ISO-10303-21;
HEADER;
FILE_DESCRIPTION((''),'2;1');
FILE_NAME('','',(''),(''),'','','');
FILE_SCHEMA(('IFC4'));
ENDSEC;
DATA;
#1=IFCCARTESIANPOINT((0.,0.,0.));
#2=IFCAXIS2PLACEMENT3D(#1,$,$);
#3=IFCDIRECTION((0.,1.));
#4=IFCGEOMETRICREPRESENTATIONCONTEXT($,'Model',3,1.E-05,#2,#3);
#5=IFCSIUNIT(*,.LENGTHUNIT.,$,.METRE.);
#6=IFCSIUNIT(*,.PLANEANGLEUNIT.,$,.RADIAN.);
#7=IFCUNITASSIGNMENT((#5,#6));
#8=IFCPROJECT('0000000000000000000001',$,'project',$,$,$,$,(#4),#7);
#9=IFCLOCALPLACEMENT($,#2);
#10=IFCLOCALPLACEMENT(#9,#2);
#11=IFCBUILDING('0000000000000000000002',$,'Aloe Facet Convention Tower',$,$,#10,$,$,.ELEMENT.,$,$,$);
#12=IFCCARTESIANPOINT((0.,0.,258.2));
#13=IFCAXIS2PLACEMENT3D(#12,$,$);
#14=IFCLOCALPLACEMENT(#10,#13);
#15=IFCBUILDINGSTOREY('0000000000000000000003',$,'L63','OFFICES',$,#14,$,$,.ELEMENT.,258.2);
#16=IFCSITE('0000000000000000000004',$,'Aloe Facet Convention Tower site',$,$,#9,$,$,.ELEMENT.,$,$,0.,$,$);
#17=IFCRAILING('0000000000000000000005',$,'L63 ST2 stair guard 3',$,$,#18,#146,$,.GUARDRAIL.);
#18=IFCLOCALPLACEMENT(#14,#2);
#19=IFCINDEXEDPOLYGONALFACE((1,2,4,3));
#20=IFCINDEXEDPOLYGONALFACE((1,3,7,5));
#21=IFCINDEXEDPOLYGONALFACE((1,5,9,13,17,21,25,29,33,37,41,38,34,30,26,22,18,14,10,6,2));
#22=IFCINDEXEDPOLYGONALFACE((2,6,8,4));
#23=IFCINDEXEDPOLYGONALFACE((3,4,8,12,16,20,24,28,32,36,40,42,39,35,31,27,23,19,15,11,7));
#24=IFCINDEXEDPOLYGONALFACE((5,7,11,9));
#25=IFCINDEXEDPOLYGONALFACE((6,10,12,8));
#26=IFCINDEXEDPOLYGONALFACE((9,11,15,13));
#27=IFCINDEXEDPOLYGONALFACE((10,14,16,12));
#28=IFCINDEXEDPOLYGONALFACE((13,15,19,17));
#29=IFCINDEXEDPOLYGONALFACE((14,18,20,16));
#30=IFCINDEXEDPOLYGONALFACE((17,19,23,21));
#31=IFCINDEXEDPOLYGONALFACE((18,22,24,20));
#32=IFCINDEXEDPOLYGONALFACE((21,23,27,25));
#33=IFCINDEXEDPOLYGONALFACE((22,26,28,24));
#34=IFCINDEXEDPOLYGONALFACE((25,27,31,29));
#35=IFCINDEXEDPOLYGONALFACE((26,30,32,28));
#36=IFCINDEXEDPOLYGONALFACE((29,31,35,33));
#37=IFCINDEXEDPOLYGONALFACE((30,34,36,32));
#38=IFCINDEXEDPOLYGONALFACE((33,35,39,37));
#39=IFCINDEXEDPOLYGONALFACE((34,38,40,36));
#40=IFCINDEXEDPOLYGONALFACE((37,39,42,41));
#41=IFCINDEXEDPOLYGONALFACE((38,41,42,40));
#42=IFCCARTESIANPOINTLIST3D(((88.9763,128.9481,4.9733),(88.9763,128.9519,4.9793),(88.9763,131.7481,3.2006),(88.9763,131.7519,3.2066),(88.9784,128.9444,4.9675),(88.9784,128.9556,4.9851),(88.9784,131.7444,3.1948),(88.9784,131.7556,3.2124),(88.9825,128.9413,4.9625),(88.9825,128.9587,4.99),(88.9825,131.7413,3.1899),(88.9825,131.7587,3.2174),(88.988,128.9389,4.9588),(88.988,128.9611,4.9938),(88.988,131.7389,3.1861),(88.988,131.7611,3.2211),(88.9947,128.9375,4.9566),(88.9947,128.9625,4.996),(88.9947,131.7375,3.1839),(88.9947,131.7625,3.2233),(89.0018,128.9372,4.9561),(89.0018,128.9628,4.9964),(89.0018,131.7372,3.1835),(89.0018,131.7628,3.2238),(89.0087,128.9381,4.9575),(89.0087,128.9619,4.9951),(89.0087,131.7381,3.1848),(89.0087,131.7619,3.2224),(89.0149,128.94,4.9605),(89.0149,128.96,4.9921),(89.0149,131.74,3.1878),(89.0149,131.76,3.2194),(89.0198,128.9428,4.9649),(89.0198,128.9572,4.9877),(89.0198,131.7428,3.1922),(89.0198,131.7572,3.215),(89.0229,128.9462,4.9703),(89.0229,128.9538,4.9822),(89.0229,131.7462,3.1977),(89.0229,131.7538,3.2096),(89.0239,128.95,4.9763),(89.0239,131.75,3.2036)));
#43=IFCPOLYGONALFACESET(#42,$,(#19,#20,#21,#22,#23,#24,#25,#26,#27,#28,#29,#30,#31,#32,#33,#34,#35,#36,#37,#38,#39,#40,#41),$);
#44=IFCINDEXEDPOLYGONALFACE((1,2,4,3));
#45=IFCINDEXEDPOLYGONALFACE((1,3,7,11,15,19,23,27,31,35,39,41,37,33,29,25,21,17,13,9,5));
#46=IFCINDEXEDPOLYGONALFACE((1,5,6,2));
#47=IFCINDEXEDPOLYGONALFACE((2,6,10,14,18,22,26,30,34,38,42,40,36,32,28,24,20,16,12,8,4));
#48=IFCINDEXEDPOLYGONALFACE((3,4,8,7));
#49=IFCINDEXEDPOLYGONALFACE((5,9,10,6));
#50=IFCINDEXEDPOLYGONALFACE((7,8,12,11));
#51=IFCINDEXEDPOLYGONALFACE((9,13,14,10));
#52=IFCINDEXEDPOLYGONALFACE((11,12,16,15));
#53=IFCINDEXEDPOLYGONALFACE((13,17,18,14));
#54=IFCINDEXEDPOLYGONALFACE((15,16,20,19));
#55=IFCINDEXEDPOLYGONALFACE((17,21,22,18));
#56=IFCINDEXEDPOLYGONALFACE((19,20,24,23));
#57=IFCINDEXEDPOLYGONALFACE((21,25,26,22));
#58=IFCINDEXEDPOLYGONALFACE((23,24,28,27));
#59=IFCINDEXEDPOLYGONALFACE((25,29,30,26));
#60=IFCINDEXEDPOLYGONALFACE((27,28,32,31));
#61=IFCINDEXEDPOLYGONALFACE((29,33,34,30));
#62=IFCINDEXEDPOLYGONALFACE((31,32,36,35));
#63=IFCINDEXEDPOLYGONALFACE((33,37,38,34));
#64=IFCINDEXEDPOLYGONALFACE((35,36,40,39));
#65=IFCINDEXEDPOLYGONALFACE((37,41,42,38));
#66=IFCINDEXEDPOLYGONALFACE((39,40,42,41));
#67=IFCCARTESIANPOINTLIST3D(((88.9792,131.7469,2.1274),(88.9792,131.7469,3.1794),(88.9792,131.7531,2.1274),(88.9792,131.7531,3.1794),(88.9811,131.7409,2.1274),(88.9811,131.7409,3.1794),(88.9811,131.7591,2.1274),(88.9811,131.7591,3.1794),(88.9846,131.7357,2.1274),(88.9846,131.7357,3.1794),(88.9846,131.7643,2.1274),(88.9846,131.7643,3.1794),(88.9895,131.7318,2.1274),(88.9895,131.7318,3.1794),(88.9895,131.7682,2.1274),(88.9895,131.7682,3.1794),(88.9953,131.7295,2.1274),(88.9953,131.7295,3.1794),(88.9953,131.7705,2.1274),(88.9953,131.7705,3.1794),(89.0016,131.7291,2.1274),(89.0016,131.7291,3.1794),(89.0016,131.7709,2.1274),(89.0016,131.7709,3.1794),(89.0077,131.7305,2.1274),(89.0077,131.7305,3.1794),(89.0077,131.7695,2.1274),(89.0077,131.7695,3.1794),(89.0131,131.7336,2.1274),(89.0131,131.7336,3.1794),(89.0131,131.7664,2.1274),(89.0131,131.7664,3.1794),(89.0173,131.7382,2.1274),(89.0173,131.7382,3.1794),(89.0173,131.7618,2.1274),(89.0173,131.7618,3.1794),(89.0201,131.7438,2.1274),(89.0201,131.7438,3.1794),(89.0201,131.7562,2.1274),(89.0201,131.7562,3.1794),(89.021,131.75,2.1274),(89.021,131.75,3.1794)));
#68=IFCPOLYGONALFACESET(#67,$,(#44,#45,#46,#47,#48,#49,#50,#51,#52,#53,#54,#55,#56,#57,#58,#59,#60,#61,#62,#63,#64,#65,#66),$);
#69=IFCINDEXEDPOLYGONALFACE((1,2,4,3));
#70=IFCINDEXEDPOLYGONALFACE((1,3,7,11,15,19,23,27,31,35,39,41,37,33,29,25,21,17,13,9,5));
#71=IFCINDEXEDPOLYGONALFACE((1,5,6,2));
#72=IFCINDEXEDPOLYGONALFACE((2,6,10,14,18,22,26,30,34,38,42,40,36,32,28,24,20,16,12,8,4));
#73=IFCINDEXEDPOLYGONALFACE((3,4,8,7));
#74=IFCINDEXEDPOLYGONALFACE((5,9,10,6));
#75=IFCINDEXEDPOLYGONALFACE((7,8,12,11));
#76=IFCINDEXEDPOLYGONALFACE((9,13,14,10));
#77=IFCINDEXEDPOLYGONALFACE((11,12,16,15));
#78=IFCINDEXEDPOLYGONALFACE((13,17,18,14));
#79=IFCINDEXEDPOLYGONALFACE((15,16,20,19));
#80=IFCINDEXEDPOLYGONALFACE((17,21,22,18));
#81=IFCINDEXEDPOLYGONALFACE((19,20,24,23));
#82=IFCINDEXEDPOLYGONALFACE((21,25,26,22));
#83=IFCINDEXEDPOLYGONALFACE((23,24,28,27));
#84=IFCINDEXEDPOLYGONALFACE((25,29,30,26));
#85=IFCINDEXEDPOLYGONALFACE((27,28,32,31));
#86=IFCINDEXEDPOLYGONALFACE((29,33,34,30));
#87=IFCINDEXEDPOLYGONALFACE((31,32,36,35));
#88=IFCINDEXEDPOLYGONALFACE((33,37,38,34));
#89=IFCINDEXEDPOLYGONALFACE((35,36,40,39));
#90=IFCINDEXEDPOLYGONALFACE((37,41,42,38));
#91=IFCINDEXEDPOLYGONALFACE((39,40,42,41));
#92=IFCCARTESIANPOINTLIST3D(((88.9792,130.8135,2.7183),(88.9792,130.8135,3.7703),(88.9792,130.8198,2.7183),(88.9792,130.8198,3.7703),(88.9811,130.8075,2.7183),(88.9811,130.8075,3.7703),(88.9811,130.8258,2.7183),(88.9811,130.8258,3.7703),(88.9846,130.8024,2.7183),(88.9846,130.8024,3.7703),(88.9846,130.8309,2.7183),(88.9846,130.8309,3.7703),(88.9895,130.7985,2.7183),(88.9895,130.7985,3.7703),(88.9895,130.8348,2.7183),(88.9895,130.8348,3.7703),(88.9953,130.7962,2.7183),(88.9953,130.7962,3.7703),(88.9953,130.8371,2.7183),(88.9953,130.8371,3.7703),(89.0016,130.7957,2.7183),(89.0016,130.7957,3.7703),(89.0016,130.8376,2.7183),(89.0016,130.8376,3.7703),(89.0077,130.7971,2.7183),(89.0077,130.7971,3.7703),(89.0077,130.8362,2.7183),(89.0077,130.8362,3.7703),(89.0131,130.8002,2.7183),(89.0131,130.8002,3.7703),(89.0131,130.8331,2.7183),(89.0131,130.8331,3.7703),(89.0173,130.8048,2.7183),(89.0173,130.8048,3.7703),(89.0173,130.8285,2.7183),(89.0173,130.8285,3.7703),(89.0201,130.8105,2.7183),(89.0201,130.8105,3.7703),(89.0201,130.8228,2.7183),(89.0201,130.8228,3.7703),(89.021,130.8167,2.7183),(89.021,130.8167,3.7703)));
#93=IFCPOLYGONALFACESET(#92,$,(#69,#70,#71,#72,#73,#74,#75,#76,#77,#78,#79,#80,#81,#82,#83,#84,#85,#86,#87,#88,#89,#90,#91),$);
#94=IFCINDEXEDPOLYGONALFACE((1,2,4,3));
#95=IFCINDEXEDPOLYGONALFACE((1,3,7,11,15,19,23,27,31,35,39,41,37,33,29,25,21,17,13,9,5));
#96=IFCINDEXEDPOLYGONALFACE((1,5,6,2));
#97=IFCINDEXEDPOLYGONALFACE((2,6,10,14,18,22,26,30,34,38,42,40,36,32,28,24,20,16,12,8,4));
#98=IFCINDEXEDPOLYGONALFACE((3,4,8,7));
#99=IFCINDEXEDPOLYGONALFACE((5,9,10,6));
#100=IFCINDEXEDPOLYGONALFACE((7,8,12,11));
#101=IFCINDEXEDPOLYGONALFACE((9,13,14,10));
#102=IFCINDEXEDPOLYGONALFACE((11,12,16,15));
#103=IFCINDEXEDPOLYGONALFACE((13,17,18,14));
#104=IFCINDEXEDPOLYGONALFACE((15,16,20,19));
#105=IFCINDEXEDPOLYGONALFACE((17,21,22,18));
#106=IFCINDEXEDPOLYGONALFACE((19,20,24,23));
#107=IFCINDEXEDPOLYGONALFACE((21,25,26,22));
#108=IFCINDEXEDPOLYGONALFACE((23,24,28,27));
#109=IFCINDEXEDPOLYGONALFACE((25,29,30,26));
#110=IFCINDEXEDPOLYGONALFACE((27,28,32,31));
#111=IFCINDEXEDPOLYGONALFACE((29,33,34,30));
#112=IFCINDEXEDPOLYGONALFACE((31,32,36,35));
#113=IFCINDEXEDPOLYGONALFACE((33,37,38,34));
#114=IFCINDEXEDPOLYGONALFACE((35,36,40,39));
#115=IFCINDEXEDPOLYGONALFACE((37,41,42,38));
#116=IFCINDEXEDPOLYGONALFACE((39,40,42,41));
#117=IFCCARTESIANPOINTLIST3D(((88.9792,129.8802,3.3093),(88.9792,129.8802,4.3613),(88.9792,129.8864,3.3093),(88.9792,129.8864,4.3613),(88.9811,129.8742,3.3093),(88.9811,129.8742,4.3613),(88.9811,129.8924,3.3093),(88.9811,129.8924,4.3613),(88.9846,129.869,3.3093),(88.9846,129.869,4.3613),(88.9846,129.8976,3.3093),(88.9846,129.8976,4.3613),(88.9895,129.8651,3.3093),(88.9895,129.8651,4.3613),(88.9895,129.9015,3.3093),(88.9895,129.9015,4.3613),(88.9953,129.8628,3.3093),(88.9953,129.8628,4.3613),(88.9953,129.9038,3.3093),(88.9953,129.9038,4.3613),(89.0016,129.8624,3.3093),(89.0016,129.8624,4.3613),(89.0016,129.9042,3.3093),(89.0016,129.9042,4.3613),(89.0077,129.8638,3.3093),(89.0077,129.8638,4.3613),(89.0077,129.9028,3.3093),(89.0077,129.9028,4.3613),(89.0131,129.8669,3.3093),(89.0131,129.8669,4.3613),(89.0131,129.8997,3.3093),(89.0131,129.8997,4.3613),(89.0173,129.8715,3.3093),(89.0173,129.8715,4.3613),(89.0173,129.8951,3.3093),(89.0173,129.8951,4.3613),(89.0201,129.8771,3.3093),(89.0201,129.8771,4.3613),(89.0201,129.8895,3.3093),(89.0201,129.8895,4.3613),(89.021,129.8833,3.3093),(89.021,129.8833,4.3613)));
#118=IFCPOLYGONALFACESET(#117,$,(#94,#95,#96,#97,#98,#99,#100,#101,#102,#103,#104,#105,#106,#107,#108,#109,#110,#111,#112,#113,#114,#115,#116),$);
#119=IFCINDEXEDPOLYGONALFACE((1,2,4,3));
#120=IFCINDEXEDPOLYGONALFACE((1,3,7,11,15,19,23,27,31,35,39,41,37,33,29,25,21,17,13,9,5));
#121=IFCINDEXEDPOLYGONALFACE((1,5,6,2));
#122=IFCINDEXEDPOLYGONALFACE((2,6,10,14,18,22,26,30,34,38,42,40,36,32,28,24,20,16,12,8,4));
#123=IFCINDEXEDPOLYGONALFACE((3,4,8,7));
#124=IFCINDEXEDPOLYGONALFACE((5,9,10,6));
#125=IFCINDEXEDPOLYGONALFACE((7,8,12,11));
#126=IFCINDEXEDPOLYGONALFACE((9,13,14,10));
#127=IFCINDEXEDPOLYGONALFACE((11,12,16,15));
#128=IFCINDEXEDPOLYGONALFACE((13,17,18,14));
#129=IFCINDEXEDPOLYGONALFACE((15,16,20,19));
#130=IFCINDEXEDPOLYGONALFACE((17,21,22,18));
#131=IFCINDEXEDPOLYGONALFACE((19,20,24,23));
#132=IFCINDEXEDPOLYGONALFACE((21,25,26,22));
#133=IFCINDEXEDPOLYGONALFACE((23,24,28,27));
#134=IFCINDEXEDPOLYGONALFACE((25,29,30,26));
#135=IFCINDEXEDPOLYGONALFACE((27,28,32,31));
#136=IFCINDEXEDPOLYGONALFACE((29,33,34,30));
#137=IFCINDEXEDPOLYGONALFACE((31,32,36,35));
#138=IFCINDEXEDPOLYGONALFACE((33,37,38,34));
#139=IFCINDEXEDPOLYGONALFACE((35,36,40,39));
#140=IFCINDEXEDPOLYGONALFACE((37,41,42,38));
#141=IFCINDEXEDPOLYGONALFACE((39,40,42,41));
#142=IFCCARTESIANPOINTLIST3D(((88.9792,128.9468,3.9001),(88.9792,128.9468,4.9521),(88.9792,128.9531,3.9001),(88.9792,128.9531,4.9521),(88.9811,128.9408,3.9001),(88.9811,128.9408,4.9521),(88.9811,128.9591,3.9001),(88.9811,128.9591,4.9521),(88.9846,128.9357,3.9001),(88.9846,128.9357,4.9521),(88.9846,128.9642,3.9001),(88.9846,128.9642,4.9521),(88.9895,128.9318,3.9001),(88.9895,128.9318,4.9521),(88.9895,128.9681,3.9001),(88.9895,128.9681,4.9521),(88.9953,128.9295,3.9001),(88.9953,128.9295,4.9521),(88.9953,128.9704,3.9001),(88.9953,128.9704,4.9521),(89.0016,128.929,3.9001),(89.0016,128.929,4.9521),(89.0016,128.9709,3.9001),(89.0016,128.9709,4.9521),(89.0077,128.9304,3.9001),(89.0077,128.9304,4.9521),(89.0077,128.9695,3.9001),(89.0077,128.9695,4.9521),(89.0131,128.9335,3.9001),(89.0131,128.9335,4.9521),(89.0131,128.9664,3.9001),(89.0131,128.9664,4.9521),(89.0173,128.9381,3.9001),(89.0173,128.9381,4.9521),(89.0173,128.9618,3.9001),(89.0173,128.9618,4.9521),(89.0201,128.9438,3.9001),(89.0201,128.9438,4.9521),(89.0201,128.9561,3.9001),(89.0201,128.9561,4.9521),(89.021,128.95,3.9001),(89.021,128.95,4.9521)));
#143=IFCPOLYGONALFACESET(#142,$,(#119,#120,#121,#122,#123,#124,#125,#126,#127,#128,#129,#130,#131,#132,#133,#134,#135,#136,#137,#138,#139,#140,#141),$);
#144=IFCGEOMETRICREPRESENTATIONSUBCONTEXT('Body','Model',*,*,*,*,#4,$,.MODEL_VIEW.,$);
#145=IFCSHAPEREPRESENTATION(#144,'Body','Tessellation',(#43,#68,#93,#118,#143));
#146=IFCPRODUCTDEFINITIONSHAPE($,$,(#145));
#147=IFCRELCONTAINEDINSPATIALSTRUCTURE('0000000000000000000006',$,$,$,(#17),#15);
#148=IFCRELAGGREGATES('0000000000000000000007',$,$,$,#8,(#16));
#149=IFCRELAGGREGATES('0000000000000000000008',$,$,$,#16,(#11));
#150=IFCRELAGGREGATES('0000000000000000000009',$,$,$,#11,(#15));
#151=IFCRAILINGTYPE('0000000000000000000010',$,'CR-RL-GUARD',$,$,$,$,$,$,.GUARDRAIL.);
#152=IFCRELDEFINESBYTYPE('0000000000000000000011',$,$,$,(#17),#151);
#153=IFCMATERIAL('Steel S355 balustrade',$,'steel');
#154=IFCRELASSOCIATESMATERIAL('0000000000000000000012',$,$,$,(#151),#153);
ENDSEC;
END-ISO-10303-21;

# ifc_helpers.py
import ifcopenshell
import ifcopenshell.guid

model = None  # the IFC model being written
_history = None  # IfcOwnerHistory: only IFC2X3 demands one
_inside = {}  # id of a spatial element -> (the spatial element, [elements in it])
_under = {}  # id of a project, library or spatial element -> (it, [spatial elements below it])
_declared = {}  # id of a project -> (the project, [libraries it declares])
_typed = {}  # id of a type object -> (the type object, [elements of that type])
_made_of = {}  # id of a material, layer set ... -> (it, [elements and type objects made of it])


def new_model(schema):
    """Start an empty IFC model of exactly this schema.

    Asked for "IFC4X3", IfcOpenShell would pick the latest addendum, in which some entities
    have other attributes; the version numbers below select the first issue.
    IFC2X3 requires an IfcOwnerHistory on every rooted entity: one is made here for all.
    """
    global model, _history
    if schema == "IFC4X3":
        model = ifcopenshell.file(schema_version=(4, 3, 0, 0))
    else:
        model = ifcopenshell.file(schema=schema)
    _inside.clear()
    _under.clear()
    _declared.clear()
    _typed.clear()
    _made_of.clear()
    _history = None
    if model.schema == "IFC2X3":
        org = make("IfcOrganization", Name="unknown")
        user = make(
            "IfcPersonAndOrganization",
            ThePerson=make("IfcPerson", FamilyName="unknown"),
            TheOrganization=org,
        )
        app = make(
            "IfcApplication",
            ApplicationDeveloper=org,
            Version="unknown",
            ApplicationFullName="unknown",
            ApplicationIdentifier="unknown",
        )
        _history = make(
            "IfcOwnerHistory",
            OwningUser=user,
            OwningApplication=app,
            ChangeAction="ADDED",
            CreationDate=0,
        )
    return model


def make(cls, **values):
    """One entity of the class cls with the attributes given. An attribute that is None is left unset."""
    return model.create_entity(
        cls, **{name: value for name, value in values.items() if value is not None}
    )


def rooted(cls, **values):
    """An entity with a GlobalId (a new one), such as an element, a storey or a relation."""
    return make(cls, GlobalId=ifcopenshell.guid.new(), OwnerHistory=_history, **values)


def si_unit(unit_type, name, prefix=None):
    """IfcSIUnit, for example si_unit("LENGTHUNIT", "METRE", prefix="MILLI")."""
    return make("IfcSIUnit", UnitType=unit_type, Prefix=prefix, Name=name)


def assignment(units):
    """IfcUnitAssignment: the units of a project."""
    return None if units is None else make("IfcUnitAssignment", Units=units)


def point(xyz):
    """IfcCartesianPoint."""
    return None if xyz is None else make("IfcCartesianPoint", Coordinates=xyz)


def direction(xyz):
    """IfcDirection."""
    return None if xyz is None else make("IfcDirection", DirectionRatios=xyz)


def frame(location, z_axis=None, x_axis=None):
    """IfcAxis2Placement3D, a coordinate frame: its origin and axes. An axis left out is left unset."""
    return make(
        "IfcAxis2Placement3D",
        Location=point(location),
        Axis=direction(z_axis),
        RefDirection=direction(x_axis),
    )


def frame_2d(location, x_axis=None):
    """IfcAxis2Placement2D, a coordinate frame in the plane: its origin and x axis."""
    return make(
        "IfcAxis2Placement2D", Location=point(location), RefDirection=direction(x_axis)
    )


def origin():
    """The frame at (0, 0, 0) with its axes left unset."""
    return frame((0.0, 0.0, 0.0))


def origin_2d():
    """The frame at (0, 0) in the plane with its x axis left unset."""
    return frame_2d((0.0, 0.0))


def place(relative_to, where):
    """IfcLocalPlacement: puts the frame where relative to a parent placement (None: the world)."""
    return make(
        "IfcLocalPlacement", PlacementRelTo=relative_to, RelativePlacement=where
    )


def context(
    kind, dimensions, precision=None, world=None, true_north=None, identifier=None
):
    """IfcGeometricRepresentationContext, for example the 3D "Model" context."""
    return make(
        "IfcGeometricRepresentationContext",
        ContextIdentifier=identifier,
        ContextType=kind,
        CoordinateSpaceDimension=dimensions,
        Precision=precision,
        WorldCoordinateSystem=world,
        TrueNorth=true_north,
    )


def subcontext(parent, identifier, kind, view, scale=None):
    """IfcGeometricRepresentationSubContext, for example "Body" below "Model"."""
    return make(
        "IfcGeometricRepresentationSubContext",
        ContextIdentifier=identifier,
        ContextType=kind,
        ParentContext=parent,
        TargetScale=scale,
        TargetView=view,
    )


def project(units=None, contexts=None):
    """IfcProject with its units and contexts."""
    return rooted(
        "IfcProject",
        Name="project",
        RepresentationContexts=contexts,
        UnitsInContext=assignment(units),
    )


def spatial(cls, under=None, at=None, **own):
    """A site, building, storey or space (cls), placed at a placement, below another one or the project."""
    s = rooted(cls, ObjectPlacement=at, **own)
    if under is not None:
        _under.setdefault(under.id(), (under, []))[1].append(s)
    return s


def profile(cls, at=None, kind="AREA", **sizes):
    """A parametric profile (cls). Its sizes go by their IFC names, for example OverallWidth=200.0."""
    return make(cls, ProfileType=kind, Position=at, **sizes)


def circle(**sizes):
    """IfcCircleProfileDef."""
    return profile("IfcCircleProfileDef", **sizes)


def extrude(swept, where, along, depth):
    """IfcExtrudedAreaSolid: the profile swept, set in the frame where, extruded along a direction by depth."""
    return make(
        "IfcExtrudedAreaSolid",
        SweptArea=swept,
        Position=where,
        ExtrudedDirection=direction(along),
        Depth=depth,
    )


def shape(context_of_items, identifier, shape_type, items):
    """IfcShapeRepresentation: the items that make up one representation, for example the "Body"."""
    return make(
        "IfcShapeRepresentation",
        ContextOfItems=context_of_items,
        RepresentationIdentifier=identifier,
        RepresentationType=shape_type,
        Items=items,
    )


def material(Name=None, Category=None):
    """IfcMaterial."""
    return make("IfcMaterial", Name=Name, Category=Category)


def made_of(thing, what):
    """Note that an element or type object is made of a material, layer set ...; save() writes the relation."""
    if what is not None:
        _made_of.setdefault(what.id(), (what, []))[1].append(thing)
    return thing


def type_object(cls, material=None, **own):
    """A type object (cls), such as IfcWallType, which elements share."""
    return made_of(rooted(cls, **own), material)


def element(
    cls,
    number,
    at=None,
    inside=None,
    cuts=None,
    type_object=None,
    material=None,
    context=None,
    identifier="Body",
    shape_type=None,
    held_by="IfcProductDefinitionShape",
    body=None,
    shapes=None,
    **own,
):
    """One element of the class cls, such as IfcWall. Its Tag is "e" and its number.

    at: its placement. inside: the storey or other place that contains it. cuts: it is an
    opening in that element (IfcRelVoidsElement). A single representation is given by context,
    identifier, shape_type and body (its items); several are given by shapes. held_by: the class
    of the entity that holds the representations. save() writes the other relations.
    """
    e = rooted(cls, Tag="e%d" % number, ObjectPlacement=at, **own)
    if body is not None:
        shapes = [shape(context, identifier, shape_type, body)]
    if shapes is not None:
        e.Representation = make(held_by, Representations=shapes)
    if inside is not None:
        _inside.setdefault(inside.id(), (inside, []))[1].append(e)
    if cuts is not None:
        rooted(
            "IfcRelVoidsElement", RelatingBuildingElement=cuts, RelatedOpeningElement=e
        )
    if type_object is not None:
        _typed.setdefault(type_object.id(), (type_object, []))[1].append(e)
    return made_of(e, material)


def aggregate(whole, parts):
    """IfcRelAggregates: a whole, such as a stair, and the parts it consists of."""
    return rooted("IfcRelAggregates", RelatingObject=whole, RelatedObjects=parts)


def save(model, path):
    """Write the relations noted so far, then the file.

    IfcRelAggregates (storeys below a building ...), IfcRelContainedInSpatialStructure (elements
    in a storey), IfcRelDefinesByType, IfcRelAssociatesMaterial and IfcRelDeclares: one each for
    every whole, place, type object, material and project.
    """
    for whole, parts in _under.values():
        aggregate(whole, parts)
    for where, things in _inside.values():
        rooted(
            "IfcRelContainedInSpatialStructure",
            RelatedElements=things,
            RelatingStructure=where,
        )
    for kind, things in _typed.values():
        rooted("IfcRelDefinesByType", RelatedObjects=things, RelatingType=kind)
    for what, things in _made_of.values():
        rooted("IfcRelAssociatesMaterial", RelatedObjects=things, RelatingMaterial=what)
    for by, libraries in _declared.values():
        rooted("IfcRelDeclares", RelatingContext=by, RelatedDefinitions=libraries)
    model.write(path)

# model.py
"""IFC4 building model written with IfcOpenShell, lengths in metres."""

from ifc_helpers import new_model, si_unit, direction, frame, origin, origin_2d, place, context, subcontext, project, spatial, circle, extrude, material, type_object, element, save


model = new_model("IFC4")

# Units and contexts
model_context = context("Model", 3, precision=1e-05, world=origin(), true_north=direction((0.0, 1.0)))
body_context = subcontext(model_context, "Body", "Model", "MODEL_VIEW")
ifc_project = project(units=[si_unit("LENGTHUNIT", "METRE"), si_unit("PLANEANGLEUNIT", "RADIAN")], contexts=[model_context])

# Site, building, storey
site_placement = place(None, origin())
site = spatial("IfcSite", under=ifc_project, at=site_placement, Name="Aloe Facet Convention Tower site", CompositionType="ELEMENT", RefElevation=0.0)
building_placement = place(site_placement, origin())
building = spatial("IfcBuilding", under=site, at=building_placement, Name="Aloe Facet Convention Tower", CompositionType="ELEMENT")
storey_placement = place(building_placement, frame((0.0, 0.0, 258.2)))
storey = spatial("IfcBuildingStorey", under=building, at=storey_placement, Name="L63", Description="OFFICES", CompositionType="ELEMENT", Elevation=258.2)

# Railing
ifc_material_1 = material(Name="Steel S355 balustrade", Category="steel")
railing_type_1 = type_object("IfcRailingType", Name="CR-RL-GUARD", PredefinedType="GUARDRAIL", material=ifc_material_1)
railing_1_placement = place(storey_placement, frame((89.0, 131.75, 2.1274)))
element("IfcRailing", 1, at=railing_1_placement, inside=storey, type_object=railing_type_1, Name="L63 ST2 stair guard 3", PredefinedType="GUARDRAIL", context=body_context, shape_type="SweptSolid", body=[
    extrude(circle(Radius=0.0239, at=origin_2d()), frame((0.0, 0.0, 1.0762), z_axis=(0.0, -0.844909, 0.53491), x_axis=(1.0, 0.0, 0.0)), (0.0, 0.0, 1.0), 3.314),
    extrude(circle(Radius=0.021, at=origin_2d()), origin(), (0.0, 0.0, 1.0), 1.052),
    extrude(circle(Radius=0.021, at=origin_2d()), frame((0.0, -0.9333, 0.5908)), (0.0, 0.0, 1.0), 1.052),
    extrude(circle(Radius=0.021, at=origin_2d()), frame((0.0, -1.8667, 1.1819)), (0.0, 0.0, 1.0), 1.052),
    extrude(circle(Radius=0.021, at=origin_2d()), frame((0.0, -2.8, 1.7727)), (0.0, 0.0, 1.0), 1.052),
])

save(model, "model.ifc")
